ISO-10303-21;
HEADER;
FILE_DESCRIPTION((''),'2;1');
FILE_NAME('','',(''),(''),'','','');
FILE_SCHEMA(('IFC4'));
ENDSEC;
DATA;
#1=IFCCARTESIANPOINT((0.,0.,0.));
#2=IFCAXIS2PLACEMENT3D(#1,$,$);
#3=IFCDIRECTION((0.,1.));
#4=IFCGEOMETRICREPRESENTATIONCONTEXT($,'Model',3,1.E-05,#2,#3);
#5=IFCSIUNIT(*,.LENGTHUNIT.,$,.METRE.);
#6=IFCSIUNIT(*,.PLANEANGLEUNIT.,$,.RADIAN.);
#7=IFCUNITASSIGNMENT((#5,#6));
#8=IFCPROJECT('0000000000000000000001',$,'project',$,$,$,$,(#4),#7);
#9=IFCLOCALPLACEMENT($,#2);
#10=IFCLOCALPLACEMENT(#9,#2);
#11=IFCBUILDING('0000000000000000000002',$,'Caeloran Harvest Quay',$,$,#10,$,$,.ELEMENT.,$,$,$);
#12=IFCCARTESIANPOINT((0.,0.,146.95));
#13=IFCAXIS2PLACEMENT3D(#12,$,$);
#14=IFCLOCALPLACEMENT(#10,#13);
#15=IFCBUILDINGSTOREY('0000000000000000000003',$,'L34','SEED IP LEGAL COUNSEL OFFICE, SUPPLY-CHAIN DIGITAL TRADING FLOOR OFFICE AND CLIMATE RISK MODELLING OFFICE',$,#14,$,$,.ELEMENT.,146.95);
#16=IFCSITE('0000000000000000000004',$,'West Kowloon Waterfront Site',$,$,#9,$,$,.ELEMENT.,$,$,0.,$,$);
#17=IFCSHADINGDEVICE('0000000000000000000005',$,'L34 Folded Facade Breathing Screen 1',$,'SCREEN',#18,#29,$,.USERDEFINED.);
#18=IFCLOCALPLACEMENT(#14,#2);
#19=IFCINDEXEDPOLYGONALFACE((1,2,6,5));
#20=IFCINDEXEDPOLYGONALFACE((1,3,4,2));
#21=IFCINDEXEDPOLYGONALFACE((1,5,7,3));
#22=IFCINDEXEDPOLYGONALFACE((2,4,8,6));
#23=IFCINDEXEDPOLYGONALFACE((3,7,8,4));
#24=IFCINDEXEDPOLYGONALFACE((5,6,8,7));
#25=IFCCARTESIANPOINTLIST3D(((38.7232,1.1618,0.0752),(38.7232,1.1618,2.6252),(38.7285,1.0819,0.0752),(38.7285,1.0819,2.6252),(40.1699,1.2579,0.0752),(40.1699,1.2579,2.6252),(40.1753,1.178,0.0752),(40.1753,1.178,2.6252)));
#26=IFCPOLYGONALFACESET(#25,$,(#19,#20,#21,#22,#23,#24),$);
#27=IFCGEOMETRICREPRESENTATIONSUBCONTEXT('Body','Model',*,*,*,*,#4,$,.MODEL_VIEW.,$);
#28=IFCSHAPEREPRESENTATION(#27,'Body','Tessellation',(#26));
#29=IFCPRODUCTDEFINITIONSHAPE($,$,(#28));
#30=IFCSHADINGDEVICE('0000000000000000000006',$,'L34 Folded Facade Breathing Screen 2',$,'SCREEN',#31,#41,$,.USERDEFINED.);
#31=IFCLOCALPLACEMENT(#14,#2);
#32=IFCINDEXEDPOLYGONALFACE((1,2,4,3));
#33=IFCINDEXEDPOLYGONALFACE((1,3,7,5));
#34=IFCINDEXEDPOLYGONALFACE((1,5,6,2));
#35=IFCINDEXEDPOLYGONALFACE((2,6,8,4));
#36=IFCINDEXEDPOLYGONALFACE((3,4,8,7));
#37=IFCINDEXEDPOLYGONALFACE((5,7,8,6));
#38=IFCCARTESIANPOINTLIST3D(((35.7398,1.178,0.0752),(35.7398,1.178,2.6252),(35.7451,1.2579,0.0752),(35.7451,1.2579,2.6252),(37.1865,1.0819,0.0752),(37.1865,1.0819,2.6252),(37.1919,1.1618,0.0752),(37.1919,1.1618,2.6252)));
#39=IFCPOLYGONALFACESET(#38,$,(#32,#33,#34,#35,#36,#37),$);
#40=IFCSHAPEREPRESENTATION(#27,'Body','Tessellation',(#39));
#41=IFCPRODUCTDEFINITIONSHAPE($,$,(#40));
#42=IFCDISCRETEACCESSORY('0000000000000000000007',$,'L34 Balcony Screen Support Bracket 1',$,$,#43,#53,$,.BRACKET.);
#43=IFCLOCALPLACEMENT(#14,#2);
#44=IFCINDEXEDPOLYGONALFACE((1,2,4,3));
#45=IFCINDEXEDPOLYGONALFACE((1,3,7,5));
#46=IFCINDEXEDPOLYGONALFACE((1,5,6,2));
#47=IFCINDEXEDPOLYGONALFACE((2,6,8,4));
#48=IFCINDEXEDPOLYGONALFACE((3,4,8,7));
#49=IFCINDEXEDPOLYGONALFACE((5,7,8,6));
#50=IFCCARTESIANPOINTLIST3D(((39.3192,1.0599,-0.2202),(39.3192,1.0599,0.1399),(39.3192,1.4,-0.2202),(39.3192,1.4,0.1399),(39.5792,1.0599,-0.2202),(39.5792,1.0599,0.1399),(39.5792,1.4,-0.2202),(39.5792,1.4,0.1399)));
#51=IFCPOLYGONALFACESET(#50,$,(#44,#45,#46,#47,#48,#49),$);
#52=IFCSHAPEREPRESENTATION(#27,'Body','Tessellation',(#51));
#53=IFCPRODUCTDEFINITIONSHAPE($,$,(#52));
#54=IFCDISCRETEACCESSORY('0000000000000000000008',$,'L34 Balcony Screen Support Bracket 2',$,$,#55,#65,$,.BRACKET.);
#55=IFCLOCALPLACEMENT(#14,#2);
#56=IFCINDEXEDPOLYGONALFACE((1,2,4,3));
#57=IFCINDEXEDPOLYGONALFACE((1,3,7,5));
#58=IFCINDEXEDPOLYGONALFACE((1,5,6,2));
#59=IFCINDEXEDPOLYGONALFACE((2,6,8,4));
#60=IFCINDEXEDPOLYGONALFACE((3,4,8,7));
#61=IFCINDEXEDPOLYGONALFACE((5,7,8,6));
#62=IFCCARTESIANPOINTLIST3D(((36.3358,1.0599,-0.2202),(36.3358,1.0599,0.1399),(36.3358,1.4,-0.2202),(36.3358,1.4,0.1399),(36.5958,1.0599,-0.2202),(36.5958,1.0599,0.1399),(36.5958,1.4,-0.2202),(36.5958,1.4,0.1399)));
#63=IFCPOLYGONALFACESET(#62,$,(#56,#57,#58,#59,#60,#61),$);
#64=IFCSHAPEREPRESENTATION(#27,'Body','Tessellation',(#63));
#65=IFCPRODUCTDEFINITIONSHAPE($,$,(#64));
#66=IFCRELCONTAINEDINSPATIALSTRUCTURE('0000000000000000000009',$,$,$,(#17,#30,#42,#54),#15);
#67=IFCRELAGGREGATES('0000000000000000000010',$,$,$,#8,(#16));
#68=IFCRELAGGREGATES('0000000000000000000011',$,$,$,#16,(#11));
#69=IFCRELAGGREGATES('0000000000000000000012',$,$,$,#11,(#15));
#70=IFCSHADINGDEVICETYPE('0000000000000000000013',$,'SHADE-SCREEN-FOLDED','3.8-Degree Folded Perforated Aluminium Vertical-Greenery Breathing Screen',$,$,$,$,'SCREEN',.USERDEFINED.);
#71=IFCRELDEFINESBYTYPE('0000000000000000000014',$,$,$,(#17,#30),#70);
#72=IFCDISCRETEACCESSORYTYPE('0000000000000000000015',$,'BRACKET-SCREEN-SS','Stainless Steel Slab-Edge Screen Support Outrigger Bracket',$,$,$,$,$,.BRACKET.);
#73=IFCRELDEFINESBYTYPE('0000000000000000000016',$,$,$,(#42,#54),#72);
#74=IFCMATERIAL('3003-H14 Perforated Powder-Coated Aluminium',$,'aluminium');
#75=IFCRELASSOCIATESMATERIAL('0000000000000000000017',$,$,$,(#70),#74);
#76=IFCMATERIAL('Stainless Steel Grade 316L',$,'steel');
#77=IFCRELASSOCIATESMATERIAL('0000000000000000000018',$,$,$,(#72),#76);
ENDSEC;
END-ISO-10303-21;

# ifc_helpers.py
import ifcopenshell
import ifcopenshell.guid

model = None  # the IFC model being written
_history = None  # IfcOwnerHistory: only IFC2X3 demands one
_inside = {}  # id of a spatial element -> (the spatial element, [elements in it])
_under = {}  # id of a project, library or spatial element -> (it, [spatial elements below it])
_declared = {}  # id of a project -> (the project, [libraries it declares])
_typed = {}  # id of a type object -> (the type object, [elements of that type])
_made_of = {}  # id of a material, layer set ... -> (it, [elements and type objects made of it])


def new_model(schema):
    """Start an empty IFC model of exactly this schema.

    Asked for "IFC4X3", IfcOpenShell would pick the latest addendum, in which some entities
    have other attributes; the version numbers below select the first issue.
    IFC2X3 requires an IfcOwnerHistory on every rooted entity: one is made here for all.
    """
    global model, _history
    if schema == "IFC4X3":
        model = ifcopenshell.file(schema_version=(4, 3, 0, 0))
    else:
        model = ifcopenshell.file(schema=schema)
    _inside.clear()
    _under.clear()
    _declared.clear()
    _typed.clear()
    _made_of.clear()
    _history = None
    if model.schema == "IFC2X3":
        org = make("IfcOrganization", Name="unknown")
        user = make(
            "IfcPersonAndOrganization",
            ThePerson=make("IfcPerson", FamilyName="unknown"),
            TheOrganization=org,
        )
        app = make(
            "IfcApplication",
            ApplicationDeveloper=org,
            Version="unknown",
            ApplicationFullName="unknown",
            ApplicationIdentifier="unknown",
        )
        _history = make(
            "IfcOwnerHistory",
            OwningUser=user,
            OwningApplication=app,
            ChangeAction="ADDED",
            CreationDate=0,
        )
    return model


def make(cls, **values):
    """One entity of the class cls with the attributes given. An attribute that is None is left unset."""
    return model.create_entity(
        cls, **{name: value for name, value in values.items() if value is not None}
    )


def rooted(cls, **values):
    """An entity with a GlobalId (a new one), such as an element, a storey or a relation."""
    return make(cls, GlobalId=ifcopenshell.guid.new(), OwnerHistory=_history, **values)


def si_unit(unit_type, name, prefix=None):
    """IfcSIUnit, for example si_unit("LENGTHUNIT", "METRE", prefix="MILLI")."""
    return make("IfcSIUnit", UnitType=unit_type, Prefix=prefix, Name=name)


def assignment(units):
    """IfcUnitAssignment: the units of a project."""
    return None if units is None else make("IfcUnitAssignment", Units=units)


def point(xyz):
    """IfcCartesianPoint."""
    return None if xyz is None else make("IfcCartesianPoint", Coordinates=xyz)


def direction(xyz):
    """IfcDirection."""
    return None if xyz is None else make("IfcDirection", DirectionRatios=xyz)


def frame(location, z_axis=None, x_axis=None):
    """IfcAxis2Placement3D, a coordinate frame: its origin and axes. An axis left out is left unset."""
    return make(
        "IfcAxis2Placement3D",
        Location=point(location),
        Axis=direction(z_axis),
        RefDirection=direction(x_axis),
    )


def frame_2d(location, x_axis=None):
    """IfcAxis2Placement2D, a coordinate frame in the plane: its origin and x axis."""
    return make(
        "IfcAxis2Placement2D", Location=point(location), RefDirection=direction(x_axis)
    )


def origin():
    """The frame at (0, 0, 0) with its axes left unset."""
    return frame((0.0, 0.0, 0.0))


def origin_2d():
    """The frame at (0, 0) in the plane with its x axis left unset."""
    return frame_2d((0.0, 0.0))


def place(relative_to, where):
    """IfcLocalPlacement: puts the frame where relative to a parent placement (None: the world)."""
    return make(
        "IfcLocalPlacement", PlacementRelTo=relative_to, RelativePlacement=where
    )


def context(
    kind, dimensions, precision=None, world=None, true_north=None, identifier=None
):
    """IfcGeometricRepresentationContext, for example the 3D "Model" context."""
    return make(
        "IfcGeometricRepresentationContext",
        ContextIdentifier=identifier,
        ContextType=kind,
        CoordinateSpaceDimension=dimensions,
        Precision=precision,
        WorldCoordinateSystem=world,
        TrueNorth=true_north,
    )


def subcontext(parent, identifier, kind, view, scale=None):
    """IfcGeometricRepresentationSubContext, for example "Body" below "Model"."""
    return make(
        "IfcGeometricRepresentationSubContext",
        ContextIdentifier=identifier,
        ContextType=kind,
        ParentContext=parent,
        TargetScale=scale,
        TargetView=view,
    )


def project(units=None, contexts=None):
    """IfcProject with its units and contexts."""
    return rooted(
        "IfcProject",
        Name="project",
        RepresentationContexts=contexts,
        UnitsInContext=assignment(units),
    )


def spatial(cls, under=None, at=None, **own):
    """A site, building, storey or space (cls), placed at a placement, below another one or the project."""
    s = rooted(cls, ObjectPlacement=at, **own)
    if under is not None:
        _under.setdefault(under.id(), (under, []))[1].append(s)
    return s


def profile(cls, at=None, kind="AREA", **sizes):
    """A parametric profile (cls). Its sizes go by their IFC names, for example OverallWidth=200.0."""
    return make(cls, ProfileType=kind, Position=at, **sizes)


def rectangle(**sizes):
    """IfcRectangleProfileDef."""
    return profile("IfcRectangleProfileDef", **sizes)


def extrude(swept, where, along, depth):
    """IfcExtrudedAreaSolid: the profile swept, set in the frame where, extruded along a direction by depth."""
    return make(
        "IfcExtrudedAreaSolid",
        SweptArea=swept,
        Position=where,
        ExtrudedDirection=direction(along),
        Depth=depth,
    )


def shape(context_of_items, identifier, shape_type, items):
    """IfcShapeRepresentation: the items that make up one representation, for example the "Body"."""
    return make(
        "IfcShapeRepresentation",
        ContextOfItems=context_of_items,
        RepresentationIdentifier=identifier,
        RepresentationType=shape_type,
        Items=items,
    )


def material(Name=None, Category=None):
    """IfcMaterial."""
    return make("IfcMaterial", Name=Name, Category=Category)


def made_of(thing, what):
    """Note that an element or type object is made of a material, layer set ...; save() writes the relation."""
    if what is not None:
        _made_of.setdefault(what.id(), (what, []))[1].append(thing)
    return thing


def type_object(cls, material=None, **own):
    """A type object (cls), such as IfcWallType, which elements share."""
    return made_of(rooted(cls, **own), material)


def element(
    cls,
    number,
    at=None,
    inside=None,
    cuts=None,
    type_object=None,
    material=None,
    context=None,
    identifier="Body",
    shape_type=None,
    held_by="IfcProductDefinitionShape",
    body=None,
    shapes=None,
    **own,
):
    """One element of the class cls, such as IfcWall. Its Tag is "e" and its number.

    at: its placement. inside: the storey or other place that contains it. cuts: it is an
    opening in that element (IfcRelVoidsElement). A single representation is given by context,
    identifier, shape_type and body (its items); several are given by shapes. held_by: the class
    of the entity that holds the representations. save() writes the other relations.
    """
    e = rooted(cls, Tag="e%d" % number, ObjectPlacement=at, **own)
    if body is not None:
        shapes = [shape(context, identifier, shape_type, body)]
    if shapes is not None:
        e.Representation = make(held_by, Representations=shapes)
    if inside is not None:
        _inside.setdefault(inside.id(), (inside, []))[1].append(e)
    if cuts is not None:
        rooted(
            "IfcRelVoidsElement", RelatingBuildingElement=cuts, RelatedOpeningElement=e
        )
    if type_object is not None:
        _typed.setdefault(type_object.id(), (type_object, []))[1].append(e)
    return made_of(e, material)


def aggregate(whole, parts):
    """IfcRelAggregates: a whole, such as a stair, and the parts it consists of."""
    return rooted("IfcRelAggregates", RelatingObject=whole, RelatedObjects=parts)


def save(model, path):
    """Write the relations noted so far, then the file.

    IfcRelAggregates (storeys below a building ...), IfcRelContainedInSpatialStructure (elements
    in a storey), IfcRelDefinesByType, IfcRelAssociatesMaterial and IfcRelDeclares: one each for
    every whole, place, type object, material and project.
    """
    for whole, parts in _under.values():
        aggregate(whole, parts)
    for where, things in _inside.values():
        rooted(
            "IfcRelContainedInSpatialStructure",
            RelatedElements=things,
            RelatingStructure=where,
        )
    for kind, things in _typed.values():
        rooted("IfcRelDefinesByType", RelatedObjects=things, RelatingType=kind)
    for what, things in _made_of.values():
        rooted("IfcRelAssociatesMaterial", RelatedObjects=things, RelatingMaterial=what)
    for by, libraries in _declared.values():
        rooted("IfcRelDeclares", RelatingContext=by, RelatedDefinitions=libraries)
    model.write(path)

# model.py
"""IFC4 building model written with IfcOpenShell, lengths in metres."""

from ifc_helpers import new_model, si_unit, direction, frame, origin, origin_2d, place, context, subcontext, project, spatial, rectangle, extrude, material, type_object, element, save


model = new_model("IFC4")

# Units and contexts
model_context = context("Model", 3, precision=1e-05, world=origin(), true_north=direction((0.0, 1.0)))
body_context = subcontext(model_context, "Body", "Model", "MODEL_VIEW")
ifc_project = project(units=[si_unit("LENGTHUNIT", "METRE"), si_unit("PLANEANGLEUNIT", "RADIAN")], contexts=[model_context])

# Site, building, storey
site_placement = place(None, origin())
site = spatial("IfcSite", under=ifc_project, at=site_placement, Name="West Kowloon Waterfront Site", CompositionType="ELEMENT", RefElevation=0.0)
building_placement = place(site_placement, origin())
building = spatial("IfcBuilding", under=site, at=building_placement, Name="Caeloran Harvest Quay", CompositionType="ELEMENT")
storey_placement = place(building_placement, frame((0.0, 0.0, 146.95)))
storey = spatial("IfcBuildingStorey", under=building, at=storey_placement, Name="L34", Description="SEED IP LEGAL COUNSEL OFFICE, SUPPLY-CHAIN DIGITAL TRADING FLOOR OFFICE AND CLIMATE RISK MODELLING OFFICE", CompositionType="ELEMENT", Elevation=146.95)

# Shading devices
ifc_material_1 = material(Name="3003-H14 Perforated Powder-Coated Aluminium", Category="aluminium")
shading_device_type = type_object("IfcShadingDeviceType", Name="SHADE-SCREEN-FOLDED", Description="3.8-Degree Folded Perforated Aluminium Vertical-Greenery Breathing Screen", ElementType="SCREEN", PredefinedType="USERDEFINED", material=ifc_material_1)
for number, where, z_axis, x_axis, name in (
    (1, (39.4492, 1.1699, 0.0752), (0.0, 0.0, 1.0), (0.997801, 0.066274, 0.0), "L34 Folded Facade Breathing Screen 1"),
    (2, (36.4658, 1.1699, 0.0752), (0.0, 0.0, 1.0), (0.997801, -0.066274, 0.0), "L34 Folded Facade Breathing Screen 2"),
):
    element("IfcShadingDevice", number, at=place(storey_placement, frame(where, z_axis=z_axis, x_axis=x_axis)), inside=storey, type_object=shading_device_type, Name=name, ObjectType="SCREEN", PredefinedType="USERDEFINED", context=body_context, shape_type="SweptSolid", body=[
        extrude(rectangle(XDim=1.45, YDim=0.0801, at=origin_2d()), origin(), (0.0, 0.0, 1.0), 2.55),
    ])

# Discrete accessories
ifc_material_2 = material(Name="Stainless Steel Grade 316L", Category="steel")
discrete_accessory_type = type_object("IfcDiscreteAccessoryType", Name="BRACKET-SCREEN-SS", Description="Stainless Steel Slab-Edge Screen Support Outrigger Bracket", PredefinedType="BRACKET", material=ifc_material_2)
for number, where, z_axis, x_axis, name in (
    (3, (39.4492, 1.23, -0.2202), (0.0, 0.0, 1.0), (1.0, 0.0, 0.0), "L34 Balcony Screen Support Bracket 1"),
    (4, (36.4658, 1.23, -0.2202), (0.0, 0.0, 1.0), (1.0, 0.0, 0.0), "L34 Balcony Screen Support Bracket 2"),
):
    element("IfcDiscreteAccessory", number, at=place(storey_placement, frame(where, z_axis=z_axis, x_axis=x_axis)), inside=storey, type_object=discrete_accessory_type, Name=name, PredefinedType="BRACKET", context=body_context, shape_type="SweptSolid", body=[
        extrude(rectangle(XDim=0.26, YDim=0.3401, at=origin_2d()), origin(), (0.0, 0.0, 1.0), 0.3601),
    ])

save(model, "model.ifc")
